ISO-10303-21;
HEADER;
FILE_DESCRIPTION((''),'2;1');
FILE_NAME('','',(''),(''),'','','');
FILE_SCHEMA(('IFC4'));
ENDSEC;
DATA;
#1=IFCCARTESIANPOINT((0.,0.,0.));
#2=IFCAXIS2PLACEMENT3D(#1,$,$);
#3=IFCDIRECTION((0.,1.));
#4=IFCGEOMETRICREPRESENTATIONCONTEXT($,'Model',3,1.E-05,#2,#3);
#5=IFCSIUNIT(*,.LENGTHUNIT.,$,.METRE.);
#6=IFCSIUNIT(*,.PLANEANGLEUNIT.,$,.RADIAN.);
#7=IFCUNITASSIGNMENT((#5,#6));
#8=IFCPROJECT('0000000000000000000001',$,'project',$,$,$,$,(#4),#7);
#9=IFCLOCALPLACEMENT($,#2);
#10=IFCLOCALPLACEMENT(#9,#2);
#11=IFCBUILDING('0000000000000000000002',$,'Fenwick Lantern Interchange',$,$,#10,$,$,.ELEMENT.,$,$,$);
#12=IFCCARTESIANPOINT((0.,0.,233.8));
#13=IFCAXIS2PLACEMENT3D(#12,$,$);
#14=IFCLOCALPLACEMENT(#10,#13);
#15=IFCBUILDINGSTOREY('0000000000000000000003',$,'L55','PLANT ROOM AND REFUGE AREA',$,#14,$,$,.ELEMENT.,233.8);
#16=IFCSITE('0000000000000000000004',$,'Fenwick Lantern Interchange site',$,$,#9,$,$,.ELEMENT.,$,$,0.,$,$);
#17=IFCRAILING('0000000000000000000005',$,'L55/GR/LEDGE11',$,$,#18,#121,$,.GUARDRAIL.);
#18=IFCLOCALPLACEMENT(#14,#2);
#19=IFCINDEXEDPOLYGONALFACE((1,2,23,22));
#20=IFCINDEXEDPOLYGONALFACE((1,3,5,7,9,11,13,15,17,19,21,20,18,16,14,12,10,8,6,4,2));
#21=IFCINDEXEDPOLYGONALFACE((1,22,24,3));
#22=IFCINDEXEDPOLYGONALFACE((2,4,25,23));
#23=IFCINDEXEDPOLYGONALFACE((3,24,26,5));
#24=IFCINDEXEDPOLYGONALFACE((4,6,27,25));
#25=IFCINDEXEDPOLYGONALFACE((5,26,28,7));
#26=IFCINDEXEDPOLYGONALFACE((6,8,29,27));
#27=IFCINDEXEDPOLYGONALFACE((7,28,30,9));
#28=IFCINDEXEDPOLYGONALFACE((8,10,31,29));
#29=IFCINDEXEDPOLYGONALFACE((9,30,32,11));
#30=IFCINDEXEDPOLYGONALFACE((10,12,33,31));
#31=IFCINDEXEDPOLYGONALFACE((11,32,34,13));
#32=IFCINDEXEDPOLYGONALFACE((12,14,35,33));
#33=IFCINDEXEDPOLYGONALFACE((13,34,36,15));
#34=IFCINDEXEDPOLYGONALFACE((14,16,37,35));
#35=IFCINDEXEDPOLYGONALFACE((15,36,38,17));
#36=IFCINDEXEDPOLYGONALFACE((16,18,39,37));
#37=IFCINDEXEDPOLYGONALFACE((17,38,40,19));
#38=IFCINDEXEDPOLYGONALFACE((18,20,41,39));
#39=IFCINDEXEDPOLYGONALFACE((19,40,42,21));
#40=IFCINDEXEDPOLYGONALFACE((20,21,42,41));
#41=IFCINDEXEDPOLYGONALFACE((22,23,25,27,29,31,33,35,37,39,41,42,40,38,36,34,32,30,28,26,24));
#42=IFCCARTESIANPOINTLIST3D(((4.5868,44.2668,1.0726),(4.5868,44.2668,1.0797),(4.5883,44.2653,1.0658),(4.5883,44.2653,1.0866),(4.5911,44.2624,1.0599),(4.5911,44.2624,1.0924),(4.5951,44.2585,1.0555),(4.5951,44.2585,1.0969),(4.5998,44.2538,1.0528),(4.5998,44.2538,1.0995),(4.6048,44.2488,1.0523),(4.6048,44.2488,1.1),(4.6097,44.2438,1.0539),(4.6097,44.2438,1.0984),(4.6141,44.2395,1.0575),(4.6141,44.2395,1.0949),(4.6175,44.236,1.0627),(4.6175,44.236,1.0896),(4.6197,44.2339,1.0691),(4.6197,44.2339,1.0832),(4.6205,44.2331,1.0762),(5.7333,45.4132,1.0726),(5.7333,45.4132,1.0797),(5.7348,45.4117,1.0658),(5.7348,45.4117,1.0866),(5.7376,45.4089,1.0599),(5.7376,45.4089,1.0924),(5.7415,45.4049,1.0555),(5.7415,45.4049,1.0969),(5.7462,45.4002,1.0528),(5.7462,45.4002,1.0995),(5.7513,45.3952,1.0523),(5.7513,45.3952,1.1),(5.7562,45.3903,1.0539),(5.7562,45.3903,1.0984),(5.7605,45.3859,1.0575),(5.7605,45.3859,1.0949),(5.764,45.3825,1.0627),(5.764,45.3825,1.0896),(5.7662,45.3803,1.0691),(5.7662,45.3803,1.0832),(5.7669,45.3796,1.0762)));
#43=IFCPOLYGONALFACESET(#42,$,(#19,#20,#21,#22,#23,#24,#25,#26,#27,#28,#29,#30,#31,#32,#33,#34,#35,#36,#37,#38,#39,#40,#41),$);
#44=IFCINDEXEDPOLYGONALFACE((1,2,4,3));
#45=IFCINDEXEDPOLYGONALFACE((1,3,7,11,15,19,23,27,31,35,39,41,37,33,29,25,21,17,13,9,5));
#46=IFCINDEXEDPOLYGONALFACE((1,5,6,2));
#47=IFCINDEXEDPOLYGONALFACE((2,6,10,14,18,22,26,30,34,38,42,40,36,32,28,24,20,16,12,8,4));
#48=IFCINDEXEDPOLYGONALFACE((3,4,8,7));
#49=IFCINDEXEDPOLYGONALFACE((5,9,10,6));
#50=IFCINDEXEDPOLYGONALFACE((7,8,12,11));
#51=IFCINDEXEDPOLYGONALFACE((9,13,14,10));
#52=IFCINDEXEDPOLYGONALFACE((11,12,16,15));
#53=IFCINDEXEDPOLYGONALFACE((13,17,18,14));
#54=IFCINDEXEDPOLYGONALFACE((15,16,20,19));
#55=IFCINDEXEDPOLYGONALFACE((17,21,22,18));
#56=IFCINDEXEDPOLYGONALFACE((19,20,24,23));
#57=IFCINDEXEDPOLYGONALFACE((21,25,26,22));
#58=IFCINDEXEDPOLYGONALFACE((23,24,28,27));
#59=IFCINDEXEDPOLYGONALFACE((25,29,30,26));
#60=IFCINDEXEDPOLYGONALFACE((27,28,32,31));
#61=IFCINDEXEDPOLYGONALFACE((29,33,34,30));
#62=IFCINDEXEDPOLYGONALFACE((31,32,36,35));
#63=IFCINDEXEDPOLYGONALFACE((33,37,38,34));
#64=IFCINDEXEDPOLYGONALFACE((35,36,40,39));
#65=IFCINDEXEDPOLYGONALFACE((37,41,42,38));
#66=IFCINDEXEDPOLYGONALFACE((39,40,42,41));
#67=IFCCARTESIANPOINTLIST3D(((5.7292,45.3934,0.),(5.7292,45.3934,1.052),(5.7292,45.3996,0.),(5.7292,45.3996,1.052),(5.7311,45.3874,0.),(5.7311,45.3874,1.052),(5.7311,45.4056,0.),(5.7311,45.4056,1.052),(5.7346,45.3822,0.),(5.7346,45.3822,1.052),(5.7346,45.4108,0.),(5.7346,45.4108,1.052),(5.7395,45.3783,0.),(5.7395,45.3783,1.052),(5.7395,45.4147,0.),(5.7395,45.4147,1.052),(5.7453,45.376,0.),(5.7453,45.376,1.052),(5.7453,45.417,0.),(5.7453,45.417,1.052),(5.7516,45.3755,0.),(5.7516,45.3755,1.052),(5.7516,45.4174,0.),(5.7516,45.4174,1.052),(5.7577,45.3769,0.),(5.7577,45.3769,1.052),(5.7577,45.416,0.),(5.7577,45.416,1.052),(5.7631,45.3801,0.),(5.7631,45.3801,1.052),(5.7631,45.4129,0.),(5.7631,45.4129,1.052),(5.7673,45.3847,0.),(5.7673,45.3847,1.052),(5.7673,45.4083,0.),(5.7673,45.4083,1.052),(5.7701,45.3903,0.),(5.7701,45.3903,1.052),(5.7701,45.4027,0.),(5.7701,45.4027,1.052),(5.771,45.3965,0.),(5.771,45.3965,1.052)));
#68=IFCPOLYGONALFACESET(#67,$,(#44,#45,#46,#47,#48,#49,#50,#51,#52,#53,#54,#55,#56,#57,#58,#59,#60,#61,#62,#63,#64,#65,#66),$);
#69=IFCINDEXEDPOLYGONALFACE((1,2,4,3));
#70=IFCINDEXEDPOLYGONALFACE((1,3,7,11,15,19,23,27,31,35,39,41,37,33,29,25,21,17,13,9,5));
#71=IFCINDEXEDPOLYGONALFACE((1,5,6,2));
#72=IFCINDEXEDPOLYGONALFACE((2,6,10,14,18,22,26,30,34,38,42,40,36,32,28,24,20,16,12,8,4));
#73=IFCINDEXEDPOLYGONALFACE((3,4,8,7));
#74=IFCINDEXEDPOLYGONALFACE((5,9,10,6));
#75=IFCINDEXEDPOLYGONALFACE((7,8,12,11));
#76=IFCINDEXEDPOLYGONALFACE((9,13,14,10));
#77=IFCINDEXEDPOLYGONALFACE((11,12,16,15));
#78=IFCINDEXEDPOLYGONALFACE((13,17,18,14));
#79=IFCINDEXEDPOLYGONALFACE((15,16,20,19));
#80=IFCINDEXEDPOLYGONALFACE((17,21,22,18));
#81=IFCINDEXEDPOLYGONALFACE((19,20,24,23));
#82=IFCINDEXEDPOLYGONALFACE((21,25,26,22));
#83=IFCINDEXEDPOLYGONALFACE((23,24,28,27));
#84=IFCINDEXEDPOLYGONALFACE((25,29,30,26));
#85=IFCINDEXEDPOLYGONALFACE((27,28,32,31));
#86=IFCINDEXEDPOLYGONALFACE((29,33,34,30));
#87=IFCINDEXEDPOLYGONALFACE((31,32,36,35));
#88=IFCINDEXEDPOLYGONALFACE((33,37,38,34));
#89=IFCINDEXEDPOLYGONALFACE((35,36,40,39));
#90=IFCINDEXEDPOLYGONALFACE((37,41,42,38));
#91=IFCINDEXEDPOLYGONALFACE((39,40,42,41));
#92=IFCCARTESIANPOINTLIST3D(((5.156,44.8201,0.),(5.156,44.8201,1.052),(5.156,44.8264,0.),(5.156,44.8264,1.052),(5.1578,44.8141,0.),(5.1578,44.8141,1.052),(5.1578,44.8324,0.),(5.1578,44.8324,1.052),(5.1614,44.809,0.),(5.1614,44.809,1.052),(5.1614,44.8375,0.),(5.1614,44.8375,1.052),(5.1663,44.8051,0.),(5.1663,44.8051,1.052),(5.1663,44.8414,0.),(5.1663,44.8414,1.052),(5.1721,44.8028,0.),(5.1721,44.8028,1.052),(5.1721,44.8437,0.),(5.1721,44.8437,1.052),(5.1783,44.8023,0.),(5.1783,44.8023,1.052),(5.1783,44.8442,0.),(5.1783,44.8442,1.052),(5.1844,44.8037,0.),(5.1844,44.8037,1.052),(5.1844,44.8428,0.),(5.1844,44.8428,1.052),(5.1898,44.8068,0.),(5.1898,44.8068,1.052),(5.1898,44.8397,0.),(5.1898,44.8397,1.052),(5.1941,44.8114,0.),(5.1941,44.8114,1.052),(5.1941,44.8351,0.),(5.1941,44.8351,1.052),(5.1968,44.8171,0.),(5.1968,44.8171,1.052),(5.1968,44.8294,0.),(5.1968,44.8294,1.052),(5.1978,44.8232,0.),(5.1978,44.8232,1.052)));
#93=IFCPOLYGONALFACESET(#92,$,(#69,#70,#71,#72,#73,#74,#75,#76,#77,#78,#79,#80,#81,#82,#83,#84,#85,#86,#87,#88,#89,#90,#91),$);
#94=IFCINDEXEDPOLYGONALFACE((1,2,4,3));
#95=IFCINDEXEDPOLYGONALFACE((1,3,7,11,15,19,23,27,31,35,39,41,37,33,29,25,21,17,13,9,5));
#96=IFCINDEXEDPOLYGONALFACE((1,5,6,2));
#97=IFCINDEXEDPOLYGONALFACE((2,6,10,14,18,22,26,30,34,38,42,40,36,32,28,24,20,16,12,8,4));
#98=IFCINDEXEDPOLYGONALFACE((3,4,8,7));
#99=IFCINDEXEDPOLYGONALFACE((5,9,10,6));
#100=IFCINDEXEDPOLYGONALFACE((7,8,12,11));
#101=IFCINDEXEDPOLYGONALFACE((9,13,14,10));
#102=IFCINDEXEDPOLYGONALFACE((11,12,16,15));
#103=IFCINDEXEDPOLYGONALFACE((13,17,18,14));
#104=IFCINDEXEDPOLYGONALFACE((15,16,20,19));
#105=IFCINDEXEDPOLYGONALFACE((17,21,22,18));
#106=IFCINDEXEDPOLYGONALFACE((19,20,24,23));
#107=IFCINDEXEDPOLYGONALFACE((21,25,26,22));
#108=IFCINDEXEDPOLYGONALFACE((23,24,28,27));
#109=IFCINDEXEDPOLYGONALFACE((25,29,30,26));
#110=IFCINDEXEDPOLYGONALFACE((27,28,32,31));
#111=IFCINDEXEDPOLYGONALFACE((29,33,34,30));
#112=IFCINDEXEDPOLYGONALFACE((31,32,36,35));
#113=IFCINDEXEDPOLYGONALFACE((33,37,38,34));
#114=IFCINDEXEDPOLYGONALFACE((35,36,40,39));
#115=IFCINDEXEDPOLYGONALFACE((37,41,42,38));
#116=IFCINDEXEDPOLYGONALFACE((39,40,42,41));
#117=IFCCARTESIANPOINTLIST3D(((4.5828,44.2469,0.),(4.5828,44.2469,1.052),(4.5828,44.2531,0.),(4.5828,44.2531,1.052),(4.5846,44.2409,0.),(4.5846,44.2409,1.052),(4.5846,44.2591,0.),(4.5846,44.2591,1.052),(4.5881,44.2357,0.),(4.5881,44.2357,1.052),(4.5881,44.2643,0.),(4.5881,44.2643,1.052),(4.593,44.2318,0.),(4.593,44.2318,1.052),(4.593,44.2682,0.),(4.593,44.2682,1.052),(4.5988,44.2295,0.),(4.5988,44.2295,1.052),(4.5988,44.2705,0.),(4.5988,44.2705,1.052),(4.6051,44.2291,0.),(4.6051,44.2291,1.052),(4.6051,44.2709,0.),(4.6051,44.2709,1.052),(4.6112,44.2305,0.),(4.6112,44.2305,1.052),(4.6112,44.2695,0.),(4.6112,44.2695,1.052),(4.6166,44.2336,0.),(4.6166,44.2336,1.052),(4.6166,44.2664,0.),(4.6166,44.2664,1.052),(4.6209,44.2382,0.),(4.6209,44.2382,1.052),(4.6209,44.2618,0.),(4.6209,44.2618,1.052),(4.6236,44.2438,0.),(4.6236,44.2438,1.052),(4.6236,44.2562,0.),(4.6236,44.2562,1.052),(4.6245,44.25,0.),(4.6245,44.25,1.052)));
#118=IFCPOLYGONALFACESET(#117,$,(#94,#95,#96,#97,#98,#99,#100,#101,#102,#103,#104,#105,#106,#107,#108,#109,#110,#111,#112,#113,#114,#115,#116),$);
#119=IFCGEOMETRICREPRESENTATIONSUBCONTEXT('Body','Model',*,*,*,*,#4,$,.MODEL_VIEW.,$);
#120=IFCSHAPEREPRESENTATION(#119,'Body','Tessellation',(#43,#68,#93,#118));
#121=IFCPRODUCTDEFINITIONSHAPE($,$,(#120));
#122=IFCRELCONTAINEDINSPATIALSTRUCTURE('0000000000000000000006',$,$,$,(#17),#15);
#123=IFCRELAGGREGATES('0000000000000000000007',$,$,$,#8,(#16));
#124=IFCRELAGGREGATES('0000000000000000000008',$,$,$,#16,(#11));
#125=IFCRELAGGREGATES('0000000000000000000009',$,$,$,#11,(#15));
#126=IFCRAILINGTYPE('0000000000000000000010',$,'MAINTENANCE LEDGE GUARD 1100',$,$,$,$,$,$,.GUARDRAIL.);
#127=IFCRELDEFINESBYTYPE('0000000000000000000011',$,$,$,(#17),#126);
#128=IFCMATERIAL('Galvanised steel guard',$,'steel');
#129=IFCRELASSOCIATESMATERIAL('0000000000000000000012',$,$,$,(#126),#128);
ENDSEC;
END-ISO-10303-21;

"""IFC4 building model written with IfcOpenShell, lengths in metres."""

from ifc_helpers import new_model, si_unit, direction, frame, origin, origin_2d, place, context, subcontext, project, spatial, circle, extrude, material, type_object, element, save


model = new_model("IFC4")

# Units and contexts
model_context = context("Model", 3, precision=1e-05, world=origin(), true_north=direction((0.0, 1.0)))
body_context = subcontext(model_context, "Body", "Model", "MODEL_VIEW")
ifc_project = project(units=[si_unit("LENGTHUNIT", "METRE"), si_unit("PLANEANGLEUNIT", "RADIAN")], contexts=[model_context])

# Site, building, storey
site_placement = place(None, origin())
site = spatial("IfcSite", under=ifc_project, at=site_placement, Name="Fenwick Lantern Interchange site", CompositionType="ELEMENT", RefElevation=0.0)
building_placement = place(site_placement, origin())
building = spatial("IfcBuilding", under=site, at=building_placement, Name="Fenwick Lantern Interchange", CompositionType="ELEMENT")
storey_placement = place(building_placement, frame((0.0, 0.0, 233.8)))
storey = spatial("IfcBuildingStorey", under=building, at=storey_placement, Name="L55", Description="PLANT ROOM AND REFUGE AREA", CompositionType="ELEMENT", Elevation=233.8)

# Railing
ifc_material_1 = material(Name="Galvanised steel guard", Category="steel")
railing_type = type_object("IfcRailingType", Name="MAINTENANCE LEDGE GUARD 1100", PredefinedType="GUARDRAIL", material=ifc_material_1)
railing_1_placement = place(storey_placement, frame((5.75, 45.3965, 0.0)))
element("IfcRailing", 1, at=railing_1_placement, inside=storey, type_object=railing_type, Name="L55/GR/LEDGE11", PredefinedType="GUARDRAIL", context=body_context, shape_type="SweptSolid", body=[
    extrude(circle(Radius=0.0239, at=origin_2d()), frame((0.0, 0.0, 1.0762), z_axis=(-0.707107, -0.707107, 0.0), x_axis=(0.707107, -0.707107, 0.0)), (0.0, 0.0, 1.0), 1.6213),
    extrude(circle(Radius=0.021, at=origin_2d()), origin(), (0.0, 0.0, 1.0), 1.052),
    extrude(circle(Radius=0.021, at=origin_2d()), frame((-0.5732, -0.5732, 0.0)), (0.0, 0.0, 1.0), 1.052),
    extrude(circle(Radius=0.021, at=origin_2d()), frame((-1.1465, -1.1465, 0.0)), (0.0, 0.0, 1.0), 1.052),
])

save(model, "model.ifc")
